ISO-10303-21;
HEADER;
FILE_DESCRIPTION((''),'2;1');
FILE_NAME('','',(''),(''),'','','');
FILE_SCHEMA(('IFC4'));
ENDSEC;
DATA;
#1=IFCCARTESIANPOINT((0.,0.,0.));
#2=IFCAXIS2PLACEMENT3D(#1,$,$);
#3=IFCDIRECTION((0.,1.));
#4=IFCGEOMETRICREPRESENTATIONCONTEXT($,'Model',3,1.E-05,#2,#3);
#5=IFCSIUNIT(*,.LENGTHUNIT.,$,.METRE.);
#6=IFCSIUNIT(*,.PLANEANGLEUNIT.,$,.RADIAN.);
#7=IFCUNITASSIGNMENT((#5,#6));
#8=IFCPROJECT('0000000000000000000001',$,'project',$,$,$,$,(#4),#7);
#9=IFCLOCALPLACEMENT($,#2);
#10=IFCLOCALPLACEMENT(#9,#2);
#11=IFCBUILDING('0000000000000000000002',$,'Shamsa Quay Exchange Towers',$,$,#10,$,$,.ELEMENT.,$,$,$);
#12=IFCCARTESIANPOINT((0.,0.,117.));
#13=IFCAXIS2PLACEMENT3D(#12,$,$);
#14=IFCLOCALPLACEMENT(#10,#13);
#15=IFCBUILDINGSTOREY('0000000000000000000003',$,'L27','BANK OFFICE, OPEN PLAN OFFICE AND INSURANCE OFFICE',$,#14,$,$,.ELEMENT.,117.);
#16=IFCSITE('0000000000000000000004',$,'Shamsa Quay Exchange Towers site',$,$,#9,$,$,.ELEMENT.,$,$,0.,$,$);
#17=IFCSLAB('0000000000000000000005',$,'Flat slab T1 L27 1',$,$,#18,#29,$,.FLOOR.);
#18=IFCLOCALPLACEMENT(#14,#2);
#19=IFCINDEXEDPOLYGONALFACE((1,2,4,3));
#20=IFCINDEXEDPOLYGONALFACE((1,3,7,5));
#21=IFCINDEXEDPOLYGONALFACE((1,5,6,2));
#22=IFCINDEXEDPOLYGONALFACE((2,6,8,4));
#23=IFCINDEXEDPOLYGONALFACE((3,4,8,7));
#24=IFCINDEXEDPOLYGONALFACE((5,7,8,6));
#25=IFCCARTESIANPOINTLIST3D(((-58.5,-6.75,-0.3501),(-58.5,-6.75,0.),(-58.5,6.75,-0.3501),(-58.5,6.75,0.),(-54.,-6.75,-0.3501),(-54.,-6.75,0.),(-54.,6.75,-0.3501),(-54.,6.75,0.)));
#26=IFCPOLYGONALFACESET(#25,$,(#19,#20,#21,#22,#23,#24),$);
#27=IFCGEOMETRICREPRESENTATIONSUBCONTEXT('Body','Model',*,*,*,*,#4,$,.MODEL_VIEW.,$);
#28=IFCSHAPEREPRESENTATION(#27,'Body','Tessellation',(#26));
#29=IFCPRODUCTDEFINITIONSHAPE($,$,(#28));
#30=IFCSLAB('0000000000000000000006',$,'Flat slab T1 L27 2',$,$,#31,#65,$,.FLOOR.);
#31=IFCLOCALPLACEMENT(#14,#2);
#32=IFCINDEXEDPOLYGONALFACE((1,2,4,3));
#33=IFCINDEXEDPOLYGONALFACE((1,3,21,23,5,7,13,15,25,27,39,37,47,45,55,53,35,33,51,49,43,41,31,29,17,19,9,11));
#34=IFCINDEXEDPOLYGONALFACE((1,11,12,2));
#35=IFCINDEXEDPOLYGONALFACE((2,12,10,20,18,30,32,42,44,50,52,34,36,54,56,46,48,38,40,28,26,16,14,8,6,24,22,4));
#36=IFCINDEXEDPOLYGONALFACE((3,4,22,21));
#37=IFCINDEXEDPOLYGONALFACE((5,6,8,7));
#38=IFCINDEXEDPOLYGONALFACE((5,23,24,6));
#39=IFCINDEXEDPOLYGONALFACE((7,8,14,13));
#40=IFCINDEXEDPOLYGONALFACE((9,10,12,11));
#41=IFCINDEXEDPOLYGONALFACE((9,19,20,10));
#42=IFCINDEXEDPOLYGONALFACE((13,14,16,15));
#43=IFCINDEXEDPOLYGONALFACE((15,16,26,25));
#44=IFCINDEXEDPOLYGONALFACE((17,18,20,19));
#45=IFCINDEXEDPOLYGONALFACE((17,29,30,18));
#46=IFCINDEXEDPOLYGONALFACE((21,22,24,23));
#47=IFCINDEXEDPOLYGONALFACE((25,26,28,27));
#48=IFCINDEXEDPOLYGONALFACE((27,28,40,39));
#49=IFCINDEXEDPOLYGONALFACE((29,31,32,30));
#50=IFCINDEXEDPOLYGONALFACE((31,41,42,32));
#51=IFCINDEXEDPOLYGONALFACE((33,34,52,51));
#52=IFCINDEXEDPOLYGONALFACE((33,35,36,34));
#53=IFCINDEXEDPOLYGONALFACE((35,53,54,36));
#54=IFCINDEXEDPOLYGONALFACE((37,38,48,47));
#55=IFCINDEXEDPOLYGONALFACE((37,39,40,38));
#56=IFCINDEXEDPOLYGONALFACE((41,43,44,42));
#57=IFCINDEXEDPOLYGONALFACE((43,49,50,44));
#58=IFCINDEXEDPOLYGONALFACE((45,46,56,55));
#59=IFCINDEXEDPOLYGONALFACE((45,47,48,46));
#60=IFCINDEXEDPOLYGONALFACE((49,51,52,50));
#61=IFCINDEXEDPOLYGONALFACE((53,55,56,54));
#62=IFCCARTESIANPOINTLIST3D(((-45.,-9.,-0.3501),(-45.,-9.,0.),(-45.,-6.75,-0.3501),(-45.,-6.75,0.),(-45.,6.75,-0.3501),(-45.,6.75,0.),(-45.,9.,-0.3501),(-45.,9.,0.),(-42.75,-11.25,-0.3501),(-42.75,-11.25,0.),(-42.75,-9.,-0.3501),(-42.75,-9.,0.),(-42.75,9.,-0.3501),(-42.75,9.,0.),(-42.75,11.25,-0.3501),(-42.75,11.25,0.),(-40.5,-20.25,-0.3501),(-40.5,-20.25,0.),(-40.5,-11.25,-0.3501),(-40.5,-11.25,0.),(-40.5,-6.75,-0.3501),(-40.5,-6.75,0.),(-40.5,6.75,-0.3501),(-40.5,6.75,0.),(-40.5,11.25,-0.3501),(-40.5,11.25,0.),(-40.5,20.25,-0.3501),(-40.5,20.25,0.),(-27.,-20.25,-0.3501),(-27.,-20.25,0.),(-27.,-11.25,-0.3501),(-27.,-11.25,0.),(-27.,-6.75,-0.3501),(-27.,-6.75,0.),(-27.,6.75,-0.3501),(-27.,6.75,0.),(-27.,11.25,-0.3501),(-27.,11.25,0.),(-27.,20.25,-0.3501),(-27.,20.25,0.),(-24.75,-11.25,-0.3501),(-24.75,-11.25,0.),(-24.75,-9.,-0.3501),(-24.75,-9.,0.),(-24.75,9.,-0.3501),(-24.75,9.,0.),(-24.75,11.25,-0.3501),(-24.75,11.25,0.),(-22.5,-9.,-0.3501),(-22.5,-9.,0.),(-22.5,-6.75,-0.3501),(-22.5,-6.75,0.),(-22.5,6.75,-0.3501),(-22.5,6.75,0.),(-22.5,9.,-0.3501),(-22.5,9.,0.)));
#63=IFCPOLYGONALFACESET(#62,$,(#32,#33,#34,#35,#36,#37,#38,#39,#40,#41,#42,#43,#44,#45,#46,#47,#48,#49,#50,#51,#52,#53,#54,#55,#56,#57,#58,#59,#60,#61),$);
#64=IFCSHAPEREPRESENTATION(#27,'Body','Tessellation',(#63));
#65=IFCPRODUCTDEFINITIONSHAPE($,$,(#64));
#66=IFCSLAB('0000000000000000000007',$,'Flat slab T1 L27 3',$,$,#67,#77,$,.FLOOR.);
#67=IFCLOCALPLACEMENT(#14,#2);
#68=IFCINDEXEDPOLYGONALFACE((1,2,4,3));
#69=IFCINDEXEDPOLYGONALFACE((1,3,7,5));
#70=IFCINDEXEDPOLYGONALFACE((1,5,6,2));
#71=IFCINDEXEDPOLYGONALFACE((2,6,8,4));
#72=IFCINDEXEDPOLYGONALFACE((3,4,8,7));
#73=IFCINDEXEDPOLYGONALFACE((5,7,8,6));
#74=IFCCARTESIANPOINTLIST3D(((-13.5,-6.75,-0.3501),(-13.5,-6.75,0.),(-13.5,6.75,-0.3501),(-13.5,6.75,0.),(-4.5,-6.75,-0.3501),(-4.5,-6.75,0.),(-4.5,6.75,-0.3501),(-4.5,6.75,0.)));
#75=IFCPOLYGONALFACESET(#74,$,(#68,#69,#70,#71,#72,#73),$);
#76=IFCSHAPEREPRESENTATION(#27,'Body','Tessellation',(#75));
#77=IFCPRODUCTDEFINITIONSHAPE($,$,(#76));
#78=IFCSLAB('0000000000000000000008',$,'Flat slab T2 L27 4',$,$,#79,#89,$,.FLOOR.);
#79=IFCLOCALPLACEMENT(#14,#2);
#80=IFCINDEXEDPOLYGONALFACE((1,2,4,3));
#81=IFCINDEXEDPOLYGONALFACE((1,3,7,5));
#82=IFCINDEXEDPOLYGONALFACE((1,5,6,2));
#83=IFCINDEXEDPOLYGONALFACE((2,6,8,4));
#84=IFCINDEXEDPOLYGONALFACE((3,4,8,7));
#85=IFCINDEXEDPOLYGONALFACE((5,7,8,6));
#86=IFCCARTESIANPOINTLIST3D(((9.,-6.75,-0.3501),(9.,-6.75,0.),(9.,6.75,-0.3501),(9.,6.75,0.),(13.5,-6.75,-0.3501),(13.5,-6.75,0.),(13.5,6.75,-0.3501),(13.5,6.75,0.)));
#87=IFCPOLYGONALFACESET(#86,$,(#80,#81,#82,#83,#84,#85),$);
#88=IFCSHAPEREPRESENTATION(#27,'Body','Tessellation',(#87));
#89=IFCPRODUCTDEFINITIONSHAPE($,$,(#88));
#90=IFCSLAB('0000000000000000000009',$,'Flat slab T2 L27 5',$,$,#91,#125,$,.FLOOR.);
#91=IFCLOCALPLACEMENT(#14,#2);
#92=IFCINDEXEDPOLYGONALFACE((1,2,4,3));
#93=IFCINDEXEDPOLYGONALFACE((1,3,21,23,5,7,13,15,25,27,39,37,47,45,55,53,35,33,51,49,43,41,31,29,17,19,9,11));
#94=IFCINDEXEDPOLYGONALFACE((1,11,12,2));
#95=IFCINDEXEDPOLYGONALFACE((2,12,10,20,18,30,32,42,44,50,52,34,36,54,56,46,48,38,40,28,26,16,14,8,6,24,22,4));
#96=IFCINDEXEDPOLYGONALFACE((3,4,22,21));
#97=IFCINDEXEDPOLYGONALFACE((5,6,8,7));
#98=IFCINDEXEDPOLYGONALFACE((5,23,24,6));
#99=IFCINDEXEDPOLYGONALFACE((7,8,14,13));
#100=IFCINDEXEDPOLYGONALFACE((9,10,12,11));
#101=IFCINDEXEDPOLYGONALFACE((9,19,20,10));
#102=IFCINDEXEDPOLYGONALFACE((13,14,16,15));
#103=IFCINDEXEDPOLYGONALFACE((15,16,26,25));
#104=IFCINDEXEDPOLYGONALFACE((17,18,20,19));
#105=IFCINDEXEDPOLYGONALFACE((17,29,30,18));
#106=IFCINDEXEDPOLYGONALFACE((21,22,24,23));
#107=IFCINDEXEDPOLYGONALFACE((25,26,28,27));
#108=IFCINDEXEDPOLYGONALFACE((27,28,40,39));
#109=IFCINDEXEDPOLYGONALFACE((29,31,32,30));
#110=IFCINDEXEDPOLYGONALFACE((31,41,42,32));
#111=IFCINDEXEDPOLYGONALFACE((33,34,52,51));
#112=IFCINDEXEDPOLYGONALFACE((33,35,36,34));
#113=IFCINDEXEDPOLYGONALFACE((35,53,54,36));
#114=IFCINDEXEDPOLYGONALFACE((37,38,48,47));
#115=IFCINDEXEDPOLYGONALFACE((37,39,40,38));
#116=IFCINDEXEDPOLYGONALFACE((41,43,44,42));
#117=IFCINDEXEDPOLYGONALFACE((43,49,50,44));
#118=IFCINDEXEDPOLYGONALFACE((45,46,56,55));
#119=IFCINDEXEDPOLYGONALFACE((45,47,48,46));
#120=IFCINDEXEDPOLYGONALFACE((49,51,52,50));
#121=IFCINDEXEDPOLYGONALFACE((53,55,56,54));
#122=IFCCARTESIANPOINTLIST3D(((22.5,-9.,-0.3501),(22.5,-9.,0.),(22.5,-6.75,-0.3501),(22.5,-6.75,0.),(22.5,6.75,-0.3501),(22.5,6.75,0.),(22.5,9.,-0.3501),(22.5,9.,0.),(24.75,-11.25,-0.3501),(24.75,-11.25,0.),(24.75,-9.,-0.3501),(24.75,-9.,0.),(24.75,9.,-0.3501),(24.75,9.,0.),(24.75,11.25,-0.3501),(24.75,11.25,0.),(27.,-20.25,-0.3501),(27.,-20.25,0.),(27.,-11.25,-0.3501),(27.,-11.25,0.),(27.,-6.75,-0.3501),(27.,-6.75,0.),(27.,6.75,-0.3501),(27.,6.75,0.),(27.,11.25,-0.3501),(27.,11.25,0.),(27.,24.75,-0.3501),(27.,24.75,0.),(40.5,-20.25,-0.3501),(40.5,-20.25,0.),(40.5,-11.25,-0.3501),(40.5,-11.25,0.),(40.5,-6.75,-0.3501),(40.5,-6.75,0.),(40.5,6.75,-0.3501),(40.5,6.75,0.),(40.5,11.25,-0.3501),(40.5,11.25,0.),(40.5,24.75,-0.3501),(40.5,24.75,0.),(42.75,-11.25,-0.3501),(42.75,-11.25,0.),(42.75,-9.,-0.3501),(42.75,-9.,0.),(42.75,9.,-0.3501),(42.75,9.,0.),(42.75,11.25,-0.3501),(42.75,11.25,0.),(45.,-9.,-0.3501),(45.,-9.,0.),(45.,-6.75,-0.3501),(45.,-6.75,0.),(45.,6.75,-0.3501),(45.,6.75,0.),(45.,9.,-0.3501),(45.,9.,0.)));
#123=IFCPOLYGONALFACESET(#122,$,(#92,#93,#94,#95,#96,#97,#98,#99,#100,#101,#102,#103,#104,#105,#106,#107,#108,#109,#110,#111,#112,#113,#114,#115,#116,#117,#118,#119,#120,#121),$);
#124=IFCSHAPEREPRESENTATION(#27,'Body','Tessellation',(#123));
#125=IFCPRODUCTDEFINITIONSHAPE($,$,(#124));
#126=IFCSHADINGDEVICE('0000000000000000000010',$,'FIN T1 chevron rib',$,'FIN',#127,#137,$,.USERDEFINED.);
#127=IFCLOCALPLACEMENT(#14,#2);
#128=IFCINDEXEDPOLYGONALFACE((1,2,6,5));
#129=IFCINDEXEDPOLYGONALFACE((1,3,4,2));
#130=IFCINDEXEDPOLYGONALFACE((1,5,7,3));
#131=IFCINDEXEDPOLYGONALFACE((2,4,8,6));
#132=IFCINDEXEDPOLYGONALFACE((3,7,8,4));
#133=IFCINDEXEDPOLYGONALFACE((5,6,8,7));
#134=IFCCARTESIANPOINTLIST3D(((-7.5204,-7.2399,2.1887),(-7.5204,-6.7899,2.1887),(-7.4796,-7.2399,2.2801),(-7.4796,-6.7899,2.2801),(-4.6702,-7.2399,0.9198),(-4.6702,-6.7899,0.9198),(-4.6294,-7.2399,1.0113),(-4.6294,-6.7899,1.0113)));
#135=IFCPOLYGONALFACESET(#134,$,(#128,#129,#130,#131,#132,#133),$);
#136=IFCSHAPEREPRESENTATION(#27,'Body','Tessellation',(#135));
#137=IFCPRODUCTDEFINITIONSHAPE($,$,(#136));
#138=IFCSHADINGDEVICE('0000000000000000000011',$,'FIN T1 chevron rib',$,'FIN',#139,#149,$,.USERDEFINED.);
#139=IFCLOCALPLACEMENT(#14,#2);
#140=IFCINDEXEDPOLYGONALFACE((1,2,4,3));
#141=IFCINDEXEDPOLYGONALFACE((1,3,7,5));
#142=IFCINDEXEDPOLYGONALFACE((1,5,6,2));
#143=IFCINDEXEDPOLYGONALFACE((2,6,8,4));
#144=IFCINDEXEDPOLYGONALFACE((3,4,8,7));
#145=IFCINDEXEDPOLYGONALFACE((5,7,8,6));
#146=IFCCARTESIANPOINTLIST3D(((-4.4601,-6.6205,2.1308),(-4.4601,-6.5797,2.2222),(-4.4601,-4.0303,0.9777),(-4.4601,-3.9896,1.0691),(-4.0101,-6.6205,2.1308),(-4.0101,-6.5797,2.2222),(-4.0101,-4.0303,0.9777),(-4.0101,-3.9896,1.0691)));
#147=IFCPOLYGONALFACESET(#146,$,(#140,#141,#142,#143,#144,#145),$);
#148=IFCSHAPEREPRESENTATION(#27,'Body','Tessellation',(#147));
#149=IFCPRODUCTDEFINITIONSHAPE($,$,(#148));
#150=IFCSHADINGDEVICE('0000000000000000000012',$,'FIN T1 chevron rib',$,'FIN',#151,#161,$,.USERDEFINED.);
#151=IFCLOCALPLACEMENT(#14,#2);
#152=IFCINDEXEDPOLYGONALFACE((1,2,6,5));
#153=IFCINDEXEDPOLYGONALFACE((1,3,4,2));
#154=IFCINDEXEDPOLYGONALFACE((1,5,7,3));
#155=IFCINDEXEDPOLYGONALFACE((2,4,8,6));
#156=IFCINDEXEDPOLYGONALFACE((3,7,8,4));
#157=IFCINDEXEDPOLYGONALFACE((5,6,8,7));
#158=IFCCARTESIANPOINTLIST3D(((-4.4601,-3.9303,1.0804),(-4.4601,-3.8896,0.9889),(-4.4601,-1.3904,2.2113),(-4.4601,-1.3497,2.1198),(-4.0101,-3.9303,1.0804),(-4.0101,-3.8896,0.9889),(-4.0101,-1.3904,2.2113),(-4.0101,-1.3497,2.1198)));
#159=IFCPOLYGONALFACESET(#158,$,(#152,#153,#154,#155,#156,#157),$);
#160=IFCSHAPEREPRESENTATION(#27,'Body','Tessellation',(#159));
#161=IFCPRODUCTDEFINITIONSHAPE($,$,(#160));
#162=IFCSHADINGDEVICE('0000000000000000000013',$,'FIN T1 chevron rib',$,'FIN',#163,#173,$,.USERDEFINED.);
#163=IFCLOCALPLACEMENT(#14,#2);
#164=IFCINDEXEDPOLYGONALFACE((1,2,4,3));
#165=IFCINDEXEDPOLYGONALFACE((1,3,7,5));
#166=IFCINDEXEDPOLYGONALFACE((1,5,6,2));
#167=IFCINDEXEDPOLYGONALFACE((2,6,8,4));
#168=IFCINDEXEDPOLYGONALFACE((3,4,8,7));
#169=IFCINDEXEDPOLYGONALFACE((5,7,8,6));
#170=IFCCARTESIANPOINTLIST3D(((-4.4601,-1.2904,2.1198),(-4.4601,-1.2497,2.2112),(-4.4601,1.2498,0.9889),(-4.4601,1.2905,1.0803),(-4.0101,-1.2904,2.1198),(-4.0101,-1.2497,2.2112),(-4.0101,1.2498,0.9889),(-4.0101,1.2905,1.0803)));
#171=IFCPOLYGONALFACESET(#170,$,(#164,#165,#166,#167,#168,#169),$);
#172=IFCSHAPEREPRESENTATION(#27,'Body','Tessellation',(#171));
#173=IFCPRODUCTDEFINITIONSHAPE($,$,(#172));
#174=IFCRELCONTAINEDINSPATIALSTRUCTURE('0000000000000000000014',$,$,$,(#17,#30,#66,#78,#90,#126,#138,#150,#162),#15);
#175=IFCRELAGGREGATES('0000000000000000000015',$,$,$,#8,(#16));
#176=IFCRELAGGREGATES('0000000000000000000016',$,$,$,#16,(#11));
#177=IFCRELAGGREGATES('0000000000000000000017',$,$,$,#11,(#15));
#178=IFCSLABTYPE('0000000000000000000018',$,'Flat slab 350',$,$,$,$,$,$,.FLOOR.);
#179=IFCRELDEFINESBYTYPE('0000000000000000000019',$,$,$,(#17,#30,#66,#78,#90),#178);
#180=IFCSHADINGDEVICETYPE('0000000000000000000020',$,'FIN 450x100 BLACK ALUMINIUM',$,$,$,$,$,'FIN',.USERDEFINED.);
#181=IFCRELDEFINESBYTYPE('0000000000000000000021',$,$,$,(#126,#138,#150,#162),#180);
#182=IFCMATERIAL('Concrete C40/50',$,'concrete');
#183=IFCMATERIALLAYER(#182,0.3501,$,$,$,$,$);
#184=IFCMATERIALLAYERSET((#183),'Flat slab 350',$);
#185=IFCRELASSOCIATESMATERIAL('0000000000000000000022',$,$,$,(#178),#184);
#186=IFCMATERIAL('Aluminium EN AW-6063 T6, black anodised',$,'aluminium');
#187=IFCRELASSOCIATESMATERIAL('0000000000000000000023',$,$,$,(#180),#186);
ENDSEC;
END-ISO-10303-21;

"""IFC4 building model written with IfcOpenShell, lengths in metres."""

from ifc_helpers import new_model, si_unit, direction, frame, origin, origin_2d, place, context, subcontext, project, spatial, polyline, rectangle, outline, extrude, material, layer, layer_set, material_profile, profile_set, type_object, element, save


model = new_model("IFC4")

# Units and contexts
model_context = context("Model", 3, precision=1e-05, world=origin(), true_north=direction((0.0, 1.0)))
body_context = subcontext(model_context, "Body", "Model", "MODEL_VIEW")
ifc_project = project(units=[si_unit("LENGTHUNIT", "METRE"), si_unit("PLANEANGLEUNIT", "RADIAN")], contexts=[model_context])

# Site, building, storey
site_placement = place(None, origin())
site = spatial("IfcSite", under=ifc_project, at=site_placement, Name="Shamsa Quay Exchange Towers site", CompositionType="ELEMENT", RefElevation=0.0)
building_placement = place(site_placement, origin())
building = spatial("IfcBuilding", under=site, at=building_placement, Name="Shamsa Quay Exchange Towers", CompositionType="ELEMENT")
storey_placement = place(building_placement, frame((0.0, 0.0, 117.0)))
storey = spatial("IfcBuildingStorey", under=building, at=storey_placement, Name="L27", Description="BANK OFFICE, OPEN PLAN OFFICE AND INSURANCE OFFICE", CompositionType="ELEMENT", Elevation=117.0)

# Shared definitions
ifc_material_1 = material(Name="Aluminium EN AW-6063 T6, black anodised", Category="aluminium")

# Slabs
ifc_material_2 = material(Name="Concrete C40/50", Category="concrete")
ifc_layer_1 = layer(ifc_material_2, 0.3501)
ifc_layer_set_1 = layer_set([ifc_layer_1], Name="Flat slab 350")
slab_type = type_object("IfcSlabType", Name="Flat slab 350", PredefinedType="FLOOR", material=ifc_layer_set_1)
slab_1_placement = place(storey_placement, frame((0.0, 0.0, -0.3501)))
element("IfcSlab", 1, at=slab_1_placement, inside=storey, type_object=slab_type, Name="Flat slab T1 L27 1", PredefinedType="FLOOR", context=body_context, shape_type="SweptSolid", body=[
    extrude(outline(polyline([(-58.5, -6.75), (-54.0, -6.75), (-54.0, 6.75), (-58.5, 6.75), (-58.5, -6.75)])), origin(), (0.0, 0.0, 1.0), 0.3501),
])
slab_2_placement = place(storey_placement, frame((0.0, 0.0, -0.3501)))
element("IfcSlab", 2, at=slab_2_placement, inside=storey, type_object=slab_type, Name="Flat slab T1 L27 2", PredefinedType="FLOOR", context=body_context, shape_type="SweptSolid", body=[
    extrude(outline(polyline([(-22.5, -9.0), (-22.5, -6.75), (-27.0, -6.75), (-27.0, 6.75), (-22.5, 6.75), (-22.5, 9.0), (-24.75, 9.0), (-24.75, 11.25), (-27.0, 11.25), (-27.0, 20.25), (-40.5, 20.25), (-40.5, 11.25), (-42.75, 11.25), (-42.75, 9.0), (-45.0, 9.0), (-45.0, 6.75), (-40.5, 6.75), (-40.5, -6.75), (-45.0, -6.75), (-45.0, -9.0), (-42.75, -9.0), (-42.75, -11.25), (-40.5, -11.25), (-40.5, -20.25), (-27.0, -20.25), (-27.0, -11.25), (-24.75, -11.25), (-24.75, -9.0), (-22.5, -9.0)])), origin(), (0.0, 0.0, 1.0), 0.3501),
])
slab_3_placement = place(storey_placement, frame((0.0, 0.0, -0.3501)))
element("IfcSlab", 3, at=slab_3_placement, inside=storey, type_object=slab_type, Name="Flat slab T1 L27 3", PredefinedType="FLOOR", context=body_context, shape_type="SweptSolid", body=[
    extrude(outline(polyline([(-4.5, 6.75), (-13.5, 6.75), (-13.5, -6.75), (-4.5, -6.75), (-4.5, 6.75)])), origin(), (0.0, 0.0, 1.0), 0.3501),
])
slab_4_placement = place(storey_placement, frame((0.0, 0.0, -0.3501)))
element("IfcSlab", 4, at=slab_4_placement, inside=storey, type_object=slab_type, Name="Flat slab T2 L27 4", PredefinedType="FLOOR", context=body_context, shape_type="SweptSolid", body=[
    extrude(outline(polyline([(9.0, -6.75), (13.5, -6.75), (13.5, 6.75), (9.0, 6.75), (9.0, -6.75)])), origin(), (0.0, 0.0, 1.0), 0.3501),
])
slab_5_placement = place(storey_placement, frame((0.0, 0.0, -0.3501)))
element("IfcSlab", 5, at=slab_5_placement, inside=storey, type_object=slab_type, Name="Flat slab T2 L27 5", PredefinedType="FLOOR", context=body_context, shape_type="SweptSolid", body=[
    extrude(outline(polyline([(45.0, -9.0), (45.0, -6.75), (40.5, -6.75), (40.5, 6.75), (45.0, 6.75), (45.0, 9.0), (42.75, 9.0), (42.75, 11.25), (40.5, 11.25), (40.5, 24.75), (27.0, 24.75), (27.0, 11.25), (24.75, 11.25), (24.75, 9.0), (22.5, 9.0), (22.5, 6.75), (27.0, 6.75), (27.0, -6.75), (22.5, -6.75), (22.5, -9.0), (24.75, -9.0), (24.75, -11.25), (27.0, -11.25), (27.0, -20.25), (40.5, -20.25), (40.5, -11.25), (42.75, -11.25), (42.75, -9.0), (45.0, -9.0)])), origin(), (0.0, 0.0, 1.0), 0.3501),
])

# Shading devices
ifc_material_profile_1 = material_profile(ifc_material_1, rectangle(XDim=0.45, YDim=0.1001, at=origin_2d()), Name="FIN450x100")
ifc_profile_set_1 = profile_set([ifc_material_profile_1], Name="Aluminium EN AW-6063 T6, black anodised")
shading_device_type = type_object("IfcShadingDeviceType", Name="FIN 450x100 BLACK ALUMINIUM", ElementType="FIN", PredefinedType="USERDEFINED", material=ifc_profile_set_1)
shading_device_1_placement = place(storey_placement, frame((-7.5, -7.0149, 2.2344), z_axis=(0.913563, 0.0, -0.406697), x_axis=(0.0, 1.0, 0.0)))
element("IfcShadingDevice", 6, at=shading_device_1_placement, inside=storey, type_object=shading_device_type, Name="FIN T1 chevron rib", ObjectType="FIN", PredefinedType="USERDEFINED", context=body_context, shape_type="SweptSolid", body=[
    extrude(rectangle(XDim=0.45, YDim=0.1001, at=origin_2d()), origin(), (0.0, 0.0, 1.0), 3.1199),
])
shading_device_2_placement = place(storey_placement, frame((-4.2351, -6.6001, 2.1765), z_axis=(0.0, 0.913559, -0.406706), x_axis=(-1.0, 0.0, 0.0)))
element("IfcShadingDevice", 7, at=shading_device_2_placement, inside=storey, type_object=shading_device_type, Name="FIN T1 chevron rib", ObjectType="FIN", PredefinedType="USERDEFINED", context=body_context, shape_type="SweptSolid", body=[
    extrude(rectangle(XDim=0.45, YDim=0.1001, at=origin_2d()), origin(), (0.0, 0.0, 1.0), 2.8352),
])
shading_device_3_placement = place(storey_placement, frame((-4.2351, -3.9099, 1.0347), z_axis=(0.0, 0.913536, 0.406758), x_axis=(-1.0, 0.0, 0.0)))
element("IfcShadingDevice", 8, at=shading_device_3_placement, inside=storey, type_object=shading_device_type, Name="FIN T1 chevron rib", ObjectType="FIN", PredefinedType="USERDEFINED", context=body_context, shape_type="SweptSolid", body=[
    extrude(rectangle(XDim=0.45, YDim=0.1001, at=origin_2d()), origin(), (0.0, 0.0, 1.0), 2.7803),
])
shading_device_4_placement = place(storey_placement, frame((-4.2351, -1.27, 2.1655), z_axis=(0.0, 0.913551, -0.406725), x_axis=(-1.0, 0.0, 0.0)))
element("IfcShadingDevice", 9, at=shading_device_4_placement, inside=storey, type_object=shading_device_type, Name="FIN T1 chevron rib", ObjectType="FIN", PredefinedType="USERDEFINED", context=body_context, shape_type="SweptSolid", body=[
    extrude(rectangle(XDim=0.45, YDim=0.1001, at=origin_2d()), origin(), (0.0, 0.0, 1.0), 2.7805),
])

save(model, "model.ifc")
